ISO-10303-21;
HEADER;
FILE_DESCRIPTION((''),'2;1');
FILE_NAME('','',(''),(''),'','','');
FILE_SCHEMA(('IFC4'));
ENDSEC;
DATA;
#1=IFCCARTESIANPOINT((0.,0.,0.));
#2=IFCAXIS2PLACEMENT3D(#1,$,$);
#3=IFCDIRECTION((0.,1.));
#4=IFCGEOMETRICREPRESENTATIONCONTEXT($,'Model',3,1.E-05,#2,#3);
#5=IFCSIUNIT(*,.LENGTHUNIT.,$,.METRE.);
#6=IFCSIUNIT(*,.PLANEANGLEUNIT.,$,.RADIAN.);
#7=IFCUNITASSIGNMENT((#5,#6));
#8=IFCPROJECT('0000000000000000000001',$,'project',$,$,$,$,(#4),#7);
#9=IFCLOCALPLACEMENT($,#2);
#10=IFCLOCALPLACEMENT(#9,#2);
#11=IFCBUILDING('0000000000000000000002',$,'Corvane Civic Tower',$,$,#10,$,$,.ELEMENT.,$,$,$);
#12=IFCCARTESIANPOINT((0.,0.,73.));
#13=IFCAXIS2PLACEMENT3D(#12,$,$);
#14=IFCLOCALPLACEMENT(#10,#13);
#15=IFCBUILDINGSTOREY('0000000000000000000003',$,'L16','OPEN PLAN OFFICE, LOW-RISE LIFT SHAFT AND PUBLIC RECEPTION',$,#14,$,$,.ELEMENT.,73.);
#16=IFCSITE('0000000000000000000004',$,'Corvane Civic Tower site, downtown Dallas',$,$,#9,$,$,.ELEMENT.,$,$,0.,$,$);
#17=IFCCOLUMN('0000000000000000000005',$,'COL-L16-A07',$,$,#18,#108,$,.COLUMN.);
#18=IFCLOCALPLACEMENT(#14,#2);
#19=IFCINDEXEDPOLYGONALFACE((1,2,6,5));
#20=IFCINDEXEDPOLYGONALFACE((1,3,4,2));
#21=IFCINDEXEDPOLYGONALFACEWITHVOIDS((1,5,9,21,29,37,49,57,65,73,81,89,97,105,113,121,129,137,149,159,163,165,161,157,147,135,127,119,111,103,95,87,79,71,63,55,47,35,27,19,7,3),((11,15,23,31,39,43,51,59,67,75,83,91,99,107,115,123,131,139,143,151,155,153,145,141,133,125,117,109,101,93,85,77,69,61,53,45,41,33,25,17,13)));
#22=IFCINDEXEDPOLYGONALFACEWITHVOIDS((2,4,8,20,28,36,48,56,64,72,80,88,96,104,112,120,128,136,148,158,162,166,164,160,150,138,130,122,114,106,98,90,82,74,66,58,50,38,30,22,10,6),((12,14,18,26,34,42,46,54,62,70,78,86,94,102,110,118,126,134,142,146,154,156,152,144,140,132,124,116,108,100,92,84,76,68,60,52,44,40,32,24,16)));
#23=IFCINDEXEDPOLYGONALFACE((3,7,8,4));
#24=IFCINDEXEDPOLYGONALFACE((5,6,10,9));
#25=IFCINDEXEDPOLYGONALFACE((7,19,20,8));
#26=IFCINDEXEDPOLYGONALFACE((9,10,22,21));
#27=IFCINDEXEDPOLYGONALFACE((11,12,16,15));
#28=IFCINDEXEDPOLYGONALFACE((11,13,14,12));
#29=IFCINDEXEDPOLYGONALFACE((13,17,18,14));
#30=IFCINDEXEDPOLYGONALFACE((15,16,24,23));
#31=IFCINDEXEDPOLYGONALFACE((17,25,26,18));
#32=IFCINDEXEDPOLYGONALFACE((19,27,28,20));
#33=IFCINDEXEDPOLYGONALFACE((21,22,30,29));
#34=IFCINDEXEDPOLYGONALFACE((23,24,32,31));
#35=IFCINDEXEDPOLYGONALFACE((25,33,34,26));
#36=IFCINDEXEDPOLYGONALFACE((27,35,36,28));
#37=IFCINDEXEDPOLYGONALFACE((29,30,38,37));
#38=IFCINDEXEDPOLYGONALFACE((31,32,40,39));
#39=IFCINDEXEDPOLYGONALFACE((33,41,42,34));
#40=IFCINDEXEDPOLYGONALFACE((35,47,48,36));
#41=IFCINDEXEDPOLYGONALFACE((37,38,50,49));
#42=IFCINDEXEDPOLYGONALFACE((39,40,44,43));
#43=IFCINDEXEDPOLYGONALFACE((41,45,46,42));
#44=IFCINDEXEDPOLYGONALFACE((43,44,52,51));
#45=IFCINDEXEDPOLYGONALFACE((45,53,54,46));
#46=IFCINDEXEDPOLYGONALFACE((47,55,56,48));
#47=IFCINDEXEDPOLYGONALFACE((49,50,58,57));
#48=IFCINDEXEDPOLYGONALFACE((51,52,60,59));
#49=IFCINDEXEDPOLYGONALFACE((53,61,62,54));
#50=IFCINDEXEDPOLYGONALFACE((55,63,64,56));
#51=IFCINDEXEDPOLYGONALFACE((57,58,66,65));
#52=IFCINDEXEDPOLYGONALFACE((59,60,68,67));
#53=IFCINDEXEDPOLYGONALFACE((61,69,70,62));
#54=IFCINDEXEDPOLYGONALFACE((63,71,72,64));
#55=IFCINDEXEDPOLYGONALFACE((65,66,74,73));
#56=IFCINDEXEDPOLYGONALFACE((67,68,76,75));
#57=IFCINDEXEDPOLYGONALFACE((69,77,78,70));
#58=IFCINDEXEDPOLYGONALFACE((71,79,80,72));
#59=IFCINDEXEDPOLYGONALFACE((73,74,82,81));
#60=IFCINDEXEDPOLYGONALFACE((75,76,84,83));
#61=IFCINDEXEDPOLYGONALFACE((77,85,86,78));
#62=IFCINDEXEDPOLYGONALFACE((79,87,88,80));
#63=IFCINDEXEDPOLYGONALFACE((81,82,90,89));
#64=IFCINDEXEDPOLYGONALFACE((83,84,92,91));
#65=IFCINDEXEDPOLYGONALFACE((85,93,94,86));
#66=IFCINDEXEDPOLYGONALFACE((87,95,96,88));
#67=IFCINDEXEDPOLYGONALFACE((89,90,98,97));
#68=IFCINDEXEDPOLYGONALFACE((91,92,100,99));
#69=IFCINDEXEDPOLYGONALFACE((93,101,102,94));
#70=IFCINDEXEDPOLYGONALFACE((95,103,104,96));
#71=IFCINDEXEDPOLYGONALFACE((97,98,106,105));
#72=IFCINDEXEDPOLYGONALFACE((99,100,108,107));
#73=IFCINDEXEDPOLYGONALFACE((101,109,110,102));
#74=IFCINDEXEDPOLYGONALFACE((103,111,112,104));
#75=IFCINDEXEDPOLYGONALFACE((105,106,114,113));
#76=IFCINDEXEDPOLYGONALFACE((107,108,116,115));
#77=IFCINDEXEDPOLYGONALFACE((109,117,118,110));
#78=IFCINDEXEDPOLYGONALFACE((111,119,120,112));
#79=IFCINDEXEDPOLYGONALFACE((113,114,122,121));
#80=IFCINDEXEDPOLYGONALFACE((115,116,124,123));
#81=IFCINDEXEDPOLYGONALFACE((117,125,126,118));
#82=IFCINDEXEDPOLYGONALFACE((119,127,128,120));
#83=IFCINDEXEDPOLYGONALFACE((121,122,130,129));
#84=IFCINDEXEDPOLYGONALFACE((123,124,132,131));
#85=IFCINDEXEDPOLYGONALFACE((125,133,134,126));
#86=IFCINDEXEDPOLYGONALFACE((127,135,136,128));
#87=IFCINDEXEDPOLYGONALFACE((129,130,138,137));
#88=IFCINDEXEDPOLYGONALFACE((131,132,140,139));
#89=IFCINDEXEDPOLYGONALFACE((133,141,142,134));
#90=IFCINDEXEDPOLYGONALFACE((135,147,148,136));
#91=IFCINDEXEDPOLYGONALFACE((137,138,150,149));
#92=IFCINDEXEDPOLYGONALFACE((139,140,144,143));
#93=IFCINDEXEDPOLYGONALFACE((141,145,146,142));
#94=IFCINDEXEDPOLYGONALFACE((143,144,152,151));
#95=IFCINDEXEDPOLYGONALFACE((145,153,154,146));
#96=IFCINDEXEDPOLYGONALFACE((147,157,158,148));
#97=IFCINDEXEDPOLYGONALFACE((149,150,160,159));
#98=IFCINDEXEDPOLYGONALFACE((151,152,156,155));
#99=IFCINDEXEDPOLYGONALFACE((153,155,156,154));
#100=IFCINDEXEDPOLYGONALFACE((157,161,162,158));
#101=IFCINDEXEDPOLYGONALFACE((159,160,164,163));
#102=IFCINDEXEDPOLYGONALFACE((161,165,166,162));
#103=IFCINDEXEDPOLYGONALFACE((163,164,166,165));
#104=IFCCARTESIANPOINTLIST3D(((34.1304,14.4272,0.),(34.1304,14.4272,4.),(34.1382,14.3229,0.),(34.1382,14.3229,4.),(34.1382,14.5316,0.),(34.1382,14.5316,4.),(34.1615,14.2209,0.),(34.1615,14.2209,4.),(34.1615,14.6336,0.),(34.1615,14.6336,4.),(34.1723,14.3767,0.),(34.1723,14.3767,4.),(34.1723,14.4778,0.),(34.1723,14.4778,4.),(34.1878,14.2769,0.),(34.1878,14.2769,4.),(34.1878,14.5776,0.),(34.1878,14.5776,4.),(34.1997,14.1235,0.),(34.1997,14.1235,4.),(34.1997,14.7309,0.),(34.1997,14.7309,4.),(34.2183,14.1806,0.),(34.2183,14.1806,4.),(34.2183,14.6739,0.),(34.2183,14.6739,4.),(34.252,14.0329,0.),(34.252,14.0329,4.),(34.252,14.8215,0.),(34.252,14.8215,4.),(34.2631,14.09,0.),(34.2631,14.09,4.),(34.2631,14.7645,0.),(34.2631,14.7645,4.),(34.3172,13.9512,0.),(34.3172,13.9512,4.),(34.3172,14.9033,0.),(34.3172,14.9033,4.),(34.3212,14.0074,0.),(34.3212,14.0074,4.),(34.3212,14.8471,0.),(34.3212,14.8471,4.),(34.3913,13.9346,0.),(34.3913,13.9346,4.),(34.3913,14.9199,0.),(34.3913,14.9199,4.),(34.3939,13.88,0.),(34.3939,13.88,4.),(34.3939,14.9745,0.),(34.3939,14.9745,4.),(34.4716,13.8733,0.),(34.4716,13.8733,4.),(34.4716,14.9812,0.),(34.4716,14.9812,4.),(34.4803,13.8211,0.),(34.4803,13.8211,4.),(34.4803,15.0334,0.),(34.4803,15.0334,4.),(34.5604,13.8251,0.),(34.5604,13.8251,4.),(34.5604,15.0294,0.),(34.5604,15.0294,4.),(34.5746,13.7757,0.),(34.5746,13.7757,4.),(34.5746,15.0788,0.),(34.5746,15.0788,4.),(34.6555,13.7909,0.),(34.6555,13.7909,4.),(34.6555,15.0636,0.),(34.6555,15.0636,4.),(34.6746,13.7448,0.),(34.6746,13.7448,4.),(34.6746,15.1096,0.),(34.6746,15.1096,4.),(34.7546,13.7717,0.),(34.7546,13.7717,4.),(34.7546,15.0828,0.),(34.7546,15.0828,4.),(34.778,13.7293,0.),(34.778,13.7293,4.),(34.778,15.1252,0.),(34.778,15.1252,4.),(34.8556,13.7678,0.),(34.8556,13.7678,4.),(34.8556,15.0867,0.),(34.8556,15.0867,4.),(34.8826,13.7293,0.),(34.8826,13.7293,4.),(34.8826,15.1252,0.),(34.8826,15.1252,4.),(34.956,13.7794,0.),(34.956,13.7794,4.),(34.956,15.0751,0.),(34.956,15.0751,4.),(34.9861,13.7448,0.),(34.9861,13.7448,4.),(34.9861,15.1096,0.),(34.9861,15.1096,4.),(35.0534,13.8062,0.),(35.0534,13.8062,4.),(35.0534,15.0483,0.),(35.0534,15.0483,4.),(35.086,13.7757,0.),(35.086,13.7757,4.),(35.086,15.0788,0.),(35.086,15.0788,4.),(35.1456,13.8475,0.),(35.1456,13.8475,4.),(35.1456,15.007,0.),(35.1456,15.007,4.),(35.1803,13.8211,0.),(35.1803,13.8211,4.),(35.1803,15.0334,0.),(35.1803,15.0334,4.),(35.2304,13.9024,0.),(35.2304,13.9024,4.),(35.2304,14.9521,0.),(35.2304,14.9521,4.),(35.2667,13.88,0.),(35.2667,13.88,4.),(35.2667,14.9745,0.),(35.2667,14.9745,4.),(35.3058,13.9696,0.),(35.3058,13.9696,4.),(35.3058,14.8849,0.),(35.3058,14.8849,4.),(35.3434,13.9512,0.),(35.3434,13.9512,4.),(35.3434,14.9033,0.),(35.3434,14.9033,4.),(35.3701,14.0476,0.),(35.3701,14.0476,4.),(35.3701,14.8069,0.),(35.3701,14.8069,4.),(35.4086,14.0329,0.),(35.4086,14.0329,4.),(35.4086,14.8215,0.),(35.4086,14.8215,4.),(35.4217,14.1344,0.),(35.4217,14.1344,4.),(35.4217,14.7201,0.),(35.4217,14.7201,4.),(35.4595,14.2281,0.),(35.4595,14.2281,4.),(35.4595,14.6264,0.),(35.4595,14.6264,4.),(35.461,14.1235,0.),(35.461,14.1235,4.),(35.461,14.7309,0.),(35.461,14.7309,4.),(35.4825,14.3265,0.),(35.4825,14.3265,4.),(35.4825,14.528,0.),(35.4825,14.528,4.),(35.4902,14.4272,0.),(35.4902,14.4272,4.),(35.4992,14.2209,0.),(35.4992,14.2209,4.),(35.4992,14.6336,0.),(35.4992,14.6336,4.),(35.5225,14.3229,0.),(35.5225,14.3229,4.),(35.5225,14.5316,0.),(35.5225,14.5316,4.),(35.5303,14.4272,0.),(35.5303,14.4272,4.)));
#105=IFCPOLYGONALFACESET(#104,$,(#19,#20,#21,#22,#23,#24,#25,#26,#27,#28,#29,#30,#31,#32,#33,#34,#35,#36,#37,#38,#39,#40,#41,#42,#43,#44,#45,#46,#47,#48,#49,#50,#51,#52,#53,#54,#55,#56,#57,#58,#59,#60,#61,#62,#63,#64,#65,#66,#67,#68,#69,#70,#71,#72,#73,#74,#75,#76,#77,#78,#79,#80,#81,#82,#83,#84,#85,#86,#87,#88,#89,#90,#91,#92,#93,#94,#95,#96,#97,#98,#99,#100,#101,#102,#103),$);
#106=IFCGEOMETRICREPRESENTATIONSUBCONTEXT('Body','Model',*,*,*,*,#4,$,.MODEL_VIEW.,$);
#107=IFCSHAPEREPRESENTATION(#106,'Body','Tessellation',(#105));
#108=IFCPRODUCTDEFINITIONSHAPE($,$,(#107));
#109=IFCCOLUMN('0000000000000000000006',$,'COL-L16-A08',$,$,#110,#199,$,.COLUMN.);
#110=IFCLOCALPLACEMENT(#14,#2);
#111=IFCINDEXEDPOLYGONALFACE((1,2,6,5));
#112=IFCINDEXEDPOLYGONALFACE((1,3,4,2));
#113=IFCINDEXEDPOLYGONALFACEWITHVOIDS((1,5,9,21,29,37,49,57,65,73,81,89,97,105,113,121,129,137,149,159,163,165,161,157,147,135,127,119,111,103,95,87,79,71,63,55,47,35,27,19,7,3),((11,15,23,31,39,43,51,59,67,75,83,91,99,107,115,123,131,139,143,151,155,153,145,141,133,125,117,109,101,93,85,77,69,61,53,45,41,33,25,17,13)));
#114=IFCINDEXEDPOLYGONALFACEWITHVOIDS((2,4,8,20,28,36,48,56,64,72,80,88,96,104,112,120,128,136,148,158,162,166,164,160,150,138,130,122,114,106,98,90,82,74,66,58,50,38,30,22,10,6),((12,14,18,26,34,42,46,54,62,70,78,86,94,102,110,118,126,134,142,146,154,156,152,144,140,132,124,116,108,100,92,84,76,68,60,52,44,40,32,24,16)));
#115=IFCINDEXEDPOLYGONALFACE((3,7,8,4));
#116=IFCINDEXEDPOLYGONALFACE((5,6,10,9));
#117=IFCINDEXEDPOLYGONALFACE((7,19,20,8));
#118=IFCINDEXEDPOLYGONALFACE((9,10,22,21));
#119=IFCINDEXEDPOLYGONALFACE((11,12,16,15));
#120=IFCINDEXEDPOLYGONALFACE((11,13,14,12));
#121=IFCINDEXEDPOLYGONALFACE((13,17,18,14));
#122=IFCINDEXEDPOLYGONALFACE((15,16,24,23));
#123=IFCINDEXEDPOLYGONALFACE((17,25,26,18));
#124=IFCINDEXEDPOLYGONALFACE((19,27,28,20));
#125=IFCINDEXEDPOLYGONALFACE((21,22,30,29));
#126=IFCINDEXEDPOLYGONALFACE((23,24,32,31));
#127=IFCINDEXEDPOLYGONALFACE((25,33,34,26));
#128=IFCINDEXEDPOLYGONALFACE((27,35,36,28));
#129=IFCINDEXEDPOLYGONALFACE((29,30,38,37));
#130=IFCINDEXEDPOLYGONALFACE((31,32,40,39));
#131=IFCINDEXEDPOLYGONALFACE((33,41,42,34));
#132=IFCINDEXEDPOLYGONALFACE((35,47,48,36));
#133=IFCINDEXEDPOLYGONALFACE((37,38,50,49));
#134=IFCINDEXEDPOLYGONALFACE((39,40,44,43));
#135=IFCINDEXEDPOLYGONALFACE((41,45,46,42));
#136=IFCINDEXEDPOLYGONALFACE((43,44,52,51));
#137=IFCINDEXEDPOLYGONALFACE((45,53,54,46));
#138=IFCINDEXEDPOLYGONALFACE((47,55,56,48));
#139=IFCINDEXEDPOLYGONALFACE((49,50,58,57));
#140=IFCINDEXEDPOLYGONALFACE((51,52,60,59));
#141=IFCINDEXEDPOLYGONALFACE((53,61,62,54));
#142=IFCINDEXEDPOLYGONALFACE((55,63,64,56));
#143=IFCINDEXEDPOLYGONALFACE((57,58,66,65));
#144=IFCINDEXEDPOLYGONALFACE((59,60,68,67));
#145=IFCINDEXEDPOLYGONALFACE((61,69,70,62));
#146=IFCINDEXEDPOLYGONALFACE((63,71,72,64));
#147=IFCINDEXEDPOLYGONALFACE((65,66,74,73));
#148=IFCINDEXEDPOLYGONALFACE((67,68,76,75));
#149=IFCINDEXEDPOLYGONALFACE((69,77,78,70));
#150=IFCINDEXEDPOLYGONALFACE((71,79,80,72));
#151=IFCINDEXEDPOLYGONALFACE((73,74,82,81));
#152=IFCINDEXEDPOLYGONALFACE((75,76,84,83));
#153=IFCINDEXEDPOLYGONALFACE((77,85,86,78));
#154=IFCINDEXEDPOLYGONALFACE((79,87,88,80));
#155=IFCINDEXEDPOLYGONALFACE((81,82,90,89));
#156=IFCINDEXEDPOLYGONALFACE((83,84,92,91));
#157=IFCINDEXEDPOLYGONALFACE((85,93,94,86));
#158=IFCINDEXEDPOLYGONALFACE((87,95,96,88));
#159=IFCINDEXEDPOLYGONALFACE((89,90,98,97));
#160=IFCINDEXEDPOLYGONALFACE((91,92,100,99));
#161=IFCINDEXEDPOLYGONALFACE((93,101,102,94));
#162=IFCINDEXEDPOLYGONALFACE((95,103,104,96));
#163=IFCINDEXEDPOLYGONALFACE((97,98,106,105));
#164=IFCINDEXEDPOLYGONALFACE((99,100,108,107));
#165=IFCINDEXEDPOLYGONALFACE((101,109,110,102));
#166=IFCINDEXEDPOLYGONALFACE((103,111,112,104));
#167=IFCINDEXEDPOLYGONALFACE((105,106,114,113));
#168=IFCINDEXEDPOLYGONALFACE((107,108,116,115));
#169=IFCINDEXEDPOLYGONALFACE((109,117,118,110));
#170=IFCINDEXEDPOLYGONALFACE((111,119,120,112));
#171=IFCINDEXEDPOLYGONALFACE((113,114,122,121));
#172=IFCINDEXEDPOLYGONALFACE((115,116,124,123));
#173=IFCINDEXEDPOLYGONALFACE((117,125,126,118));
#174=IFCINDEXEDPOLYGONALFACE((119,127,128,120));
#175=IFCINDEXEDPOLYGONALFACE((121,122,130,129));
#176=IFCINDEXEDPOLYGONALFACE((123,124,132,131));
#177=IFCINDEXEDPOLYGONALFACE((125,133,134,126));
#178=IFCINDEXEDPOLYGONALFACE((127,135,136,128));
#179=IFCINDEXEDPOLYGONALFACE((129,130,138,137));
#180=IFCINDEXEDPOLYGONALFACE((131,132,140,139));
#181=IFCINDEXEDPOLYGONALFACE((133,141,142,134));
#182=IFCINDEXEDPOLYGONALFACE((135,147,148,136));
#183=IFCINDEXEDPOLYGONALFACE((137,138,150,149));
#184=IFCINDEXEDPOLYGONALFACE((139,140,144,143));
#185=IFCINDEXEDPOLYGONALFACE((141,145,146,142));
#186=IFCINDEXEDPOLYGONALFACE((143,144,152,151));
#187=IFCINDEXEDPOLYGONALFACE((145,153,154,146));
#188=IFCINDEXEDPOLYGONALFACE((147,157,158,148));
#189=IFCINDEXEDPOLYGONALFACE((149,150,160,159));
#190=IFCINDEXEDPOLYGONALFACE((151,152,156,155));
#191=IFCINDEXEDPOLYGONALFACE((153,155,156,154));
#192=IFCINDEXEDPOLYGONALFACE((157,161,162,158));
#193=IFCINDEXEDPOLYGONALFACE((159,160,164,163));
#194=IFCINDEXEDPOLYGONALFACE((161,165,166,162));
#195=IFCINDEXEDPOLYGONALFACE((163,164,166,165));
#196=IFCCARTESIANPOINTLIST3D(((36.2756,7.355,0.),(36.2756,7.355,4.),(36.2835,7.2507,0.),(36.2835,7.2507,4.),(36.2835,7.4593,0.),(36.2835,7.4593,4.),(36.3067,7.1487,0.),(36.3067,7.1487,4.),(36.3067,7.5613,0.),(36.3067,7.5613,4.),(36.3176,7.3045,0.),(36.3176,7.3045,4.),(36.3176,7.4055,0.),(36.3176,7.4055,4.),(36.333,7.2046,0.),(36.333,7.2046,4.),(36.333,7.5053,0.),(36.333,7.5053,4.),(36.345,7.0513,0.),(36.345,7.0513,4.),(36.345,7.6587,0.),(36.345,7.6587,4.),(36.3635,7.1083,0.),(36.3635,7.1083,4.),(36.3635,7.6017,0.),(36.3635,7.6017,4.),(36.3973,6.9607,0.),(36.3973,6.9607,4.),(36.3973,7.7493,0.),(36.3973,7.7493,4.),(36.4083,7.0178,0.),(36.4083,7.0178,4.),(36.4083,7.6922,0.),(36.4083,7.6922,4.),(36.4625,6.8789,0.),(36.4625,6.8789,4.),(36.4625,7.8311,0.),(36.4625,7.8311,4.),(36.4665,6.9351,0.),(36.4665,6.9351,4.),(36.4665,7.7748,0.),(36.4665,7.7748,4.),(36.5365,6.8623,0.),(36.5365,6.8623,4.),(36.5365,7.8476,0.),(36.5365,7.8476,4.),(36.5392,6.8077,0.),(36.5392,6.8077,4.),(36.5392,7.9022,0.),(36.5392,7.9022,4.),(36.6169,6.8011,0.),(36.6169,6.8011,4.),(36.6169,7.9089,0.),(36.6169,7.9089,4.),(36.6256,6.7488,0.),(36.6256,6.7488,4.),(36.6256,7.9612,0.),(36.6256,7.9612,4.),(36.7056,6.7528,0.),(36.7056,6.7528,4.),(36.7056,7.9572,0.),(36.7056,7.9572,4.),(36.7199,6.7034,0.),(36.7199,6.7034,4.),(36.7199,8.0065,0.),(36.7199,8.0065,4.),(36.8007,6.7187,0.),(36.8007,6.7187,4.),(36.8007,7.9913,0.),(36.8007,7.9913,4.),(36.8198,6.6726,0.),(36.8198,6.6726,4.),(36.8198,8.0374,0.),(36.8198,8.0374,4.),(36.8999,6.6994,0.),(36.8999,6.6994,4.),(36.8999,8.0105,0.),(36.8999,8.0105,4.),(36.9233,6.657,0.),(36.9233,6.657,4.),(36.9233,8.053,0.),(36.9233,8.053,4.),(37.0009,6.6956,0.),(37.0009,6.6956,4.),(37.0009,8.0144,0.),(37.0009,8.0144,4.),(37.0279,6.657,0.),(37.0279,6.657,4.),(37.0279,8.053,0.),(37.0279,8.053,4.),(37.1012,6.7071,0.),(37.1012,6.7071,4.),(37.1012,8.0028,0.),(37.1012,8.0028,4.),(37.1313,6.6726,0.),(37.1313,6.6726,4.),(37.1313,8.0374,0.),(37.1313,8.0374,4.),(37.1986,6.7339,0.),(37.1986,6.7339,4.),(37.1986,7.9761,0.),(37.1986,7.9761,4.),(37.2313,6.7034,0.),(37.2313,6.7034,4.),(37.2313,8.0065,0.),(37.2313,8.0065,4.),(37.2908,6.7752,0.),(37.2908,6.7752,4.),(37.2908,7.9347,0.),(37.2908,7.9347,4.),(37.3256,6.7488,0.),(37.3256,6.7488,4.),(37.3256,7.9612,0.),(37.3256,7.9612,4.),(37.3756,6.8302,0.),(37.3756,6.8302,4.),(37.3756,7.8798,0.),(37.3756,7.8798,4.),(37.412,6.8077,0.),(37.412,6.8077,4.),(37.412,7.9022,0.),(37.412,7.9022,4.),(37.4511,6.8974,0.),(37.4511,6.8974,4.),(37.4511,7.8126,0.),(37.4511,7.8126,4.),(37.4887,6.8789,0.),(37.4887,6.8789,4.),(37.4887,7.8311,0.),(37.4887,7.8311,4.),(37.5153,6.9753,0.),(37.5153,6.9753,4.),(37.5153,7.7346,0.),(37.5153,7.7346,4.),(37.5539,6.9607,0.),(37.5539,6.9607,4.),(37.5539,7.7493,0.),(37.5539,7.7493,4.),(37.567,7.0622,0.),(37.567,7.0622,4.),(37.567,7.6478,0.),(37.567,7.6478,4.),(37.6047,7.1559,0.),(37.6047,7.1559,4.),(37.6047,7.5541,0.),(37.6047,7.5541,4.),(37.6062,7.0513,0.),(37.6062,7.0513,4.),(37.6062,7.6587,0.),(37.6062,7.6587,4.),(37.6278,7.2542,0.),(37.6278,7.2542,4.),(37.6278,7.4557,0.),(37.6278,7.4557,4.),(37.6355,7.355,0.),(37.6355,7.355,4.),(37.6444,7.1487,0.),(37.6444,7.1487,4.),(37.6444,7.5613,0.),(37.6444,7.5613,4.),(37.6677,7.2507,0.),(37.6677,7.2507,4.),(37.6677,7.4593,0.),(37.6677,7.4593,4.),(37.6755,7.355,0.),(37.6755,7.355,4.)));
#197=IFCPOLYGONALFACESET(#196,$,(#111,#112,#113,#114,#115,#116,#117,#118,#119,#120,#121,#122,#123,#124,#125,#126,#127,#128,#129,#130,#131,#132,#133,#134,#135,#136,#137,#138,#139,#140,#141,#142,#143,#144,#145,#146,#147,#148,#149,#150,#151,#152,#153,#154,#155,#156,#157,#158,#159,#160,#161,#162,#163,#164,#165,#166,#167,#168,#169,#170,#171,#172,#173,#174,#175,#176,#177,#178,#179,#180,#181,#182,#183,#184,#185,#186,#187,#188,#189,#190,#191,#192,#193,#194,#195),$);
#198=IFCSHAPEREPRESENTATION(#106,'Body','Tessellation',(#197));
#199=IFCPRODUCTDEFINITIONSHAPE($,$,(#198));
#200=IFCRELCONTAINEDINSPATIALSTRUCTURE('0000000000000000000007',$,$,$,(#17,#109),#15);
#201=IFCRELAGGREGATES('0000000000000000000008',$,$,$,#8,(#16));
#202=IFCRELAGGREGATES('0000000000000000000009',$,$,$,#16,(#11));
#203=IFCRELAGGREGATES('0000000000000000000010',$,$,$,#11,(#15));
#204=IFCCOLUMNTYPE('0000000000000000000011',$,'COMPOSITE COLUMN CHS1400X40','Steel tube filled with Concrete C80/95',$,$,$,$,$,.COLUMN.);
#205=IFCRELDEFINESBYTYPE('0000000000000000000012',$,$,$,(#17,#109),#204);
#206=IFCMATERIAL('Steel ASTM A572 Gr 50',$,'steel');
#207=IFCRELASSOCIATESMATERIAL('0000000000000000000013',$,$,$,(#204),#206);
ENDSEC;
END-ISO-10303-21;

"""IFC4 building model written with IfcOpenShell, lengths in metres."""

from ifc_helpers import new_model, si_unit, direction, frame, origin, origin_2d, place, context, subcontext, project, spatial, hollow_circle, extrude, material, material_profile, profile_set, type_object, element, save


model = new_model("IFC4")

# Units and contexts
model_context = context("Model", 3, precision=1e-05, world=origin(), true_north=direction((0.0, 1.0)))
body_context = subcontext(model_context, "Body", "Model", "MODEL_VIEW")
ifc_project = project(units=[si_unit("LENGTHUNIT", "METRE"), si_unit("PLANEANGLEUNIT", "RADIAN")], contexts=[model_context])

# Site, building, storey
site_placement = place(None, origin())
site = spatial("IfcSite", under=ifc_project, at=site_placement, Name="Corvane Civic Tower site, downtown Dallas", CompositionType="ELEMENT", RefElevation=0.0)
building_placement = place(site_placement, origin())
building = spatial("IfcBuilding", under=site, at=building_placement, Name="Corvane Civic Tower", CompositionType="ELEMENT")
storey_placement = place(building_placement, frame((0.0, 0.0, 73.0)))
storey = spatial("IfcBuildingStorey", under=building, at=storey_placement, Name="L16", Description="OPEN PLAN OFFICE, LOW-RISE LIFT SHAFT AND PUBLIC RECEPTION", CompositionType="ELEMENT", Elevation=73.0)

# Columns
ifc_material_1 = material(Name="Steel ASTM A572 Gr 50", Category="steel")
ifc_material_profile_1 = material_profile(ifc_material_1, hollow_circle(Radius=0.7, WallThickness=0.04, at=origin_2d()), Name="CHS1400X40")
ifc_profile_set_1 = profile_set([ifc_material_profile_1], Name="Steel ASTM A572 Gr 50")
column_type = type_object("IfcColumnType", Name="COMPOSITE COLUMN CHS1400X40", Description="Steel tube filled with Concrete C80/95", PredefinedType="COLUMN", material=ifc_profile_set_1)
for number, where, z_axis, x_axis, name in (
    (1, (34.8303, 14.4272, 0.0), (0.0, 0.0, 1.0), (1.0, 0.0, 0.0), "COL-L16-A07"),
    (2, (36.9756, 7.355, 0.0), (0.0, 0.0, 1.0), (1.0, 0.0, 0.0), "COL-L16-A08"),
):
    element("IfcColumn", number, at=place(storey_placement, frame(where, z_axis=z_axis, x_axis=x_axis)), inside=storey, type_object=column_type, Name=name, PredefinedType="COLUMN", context=body_context, shape_type="SweptSolid", body=[
        extrude(hollow_circle(Radius=0.7, WallThickness=0.04, at=origin_2d()), origin(), (0.0, 0.0, 1.0), 4.0),
    ])

save(model, "model.ifc")
